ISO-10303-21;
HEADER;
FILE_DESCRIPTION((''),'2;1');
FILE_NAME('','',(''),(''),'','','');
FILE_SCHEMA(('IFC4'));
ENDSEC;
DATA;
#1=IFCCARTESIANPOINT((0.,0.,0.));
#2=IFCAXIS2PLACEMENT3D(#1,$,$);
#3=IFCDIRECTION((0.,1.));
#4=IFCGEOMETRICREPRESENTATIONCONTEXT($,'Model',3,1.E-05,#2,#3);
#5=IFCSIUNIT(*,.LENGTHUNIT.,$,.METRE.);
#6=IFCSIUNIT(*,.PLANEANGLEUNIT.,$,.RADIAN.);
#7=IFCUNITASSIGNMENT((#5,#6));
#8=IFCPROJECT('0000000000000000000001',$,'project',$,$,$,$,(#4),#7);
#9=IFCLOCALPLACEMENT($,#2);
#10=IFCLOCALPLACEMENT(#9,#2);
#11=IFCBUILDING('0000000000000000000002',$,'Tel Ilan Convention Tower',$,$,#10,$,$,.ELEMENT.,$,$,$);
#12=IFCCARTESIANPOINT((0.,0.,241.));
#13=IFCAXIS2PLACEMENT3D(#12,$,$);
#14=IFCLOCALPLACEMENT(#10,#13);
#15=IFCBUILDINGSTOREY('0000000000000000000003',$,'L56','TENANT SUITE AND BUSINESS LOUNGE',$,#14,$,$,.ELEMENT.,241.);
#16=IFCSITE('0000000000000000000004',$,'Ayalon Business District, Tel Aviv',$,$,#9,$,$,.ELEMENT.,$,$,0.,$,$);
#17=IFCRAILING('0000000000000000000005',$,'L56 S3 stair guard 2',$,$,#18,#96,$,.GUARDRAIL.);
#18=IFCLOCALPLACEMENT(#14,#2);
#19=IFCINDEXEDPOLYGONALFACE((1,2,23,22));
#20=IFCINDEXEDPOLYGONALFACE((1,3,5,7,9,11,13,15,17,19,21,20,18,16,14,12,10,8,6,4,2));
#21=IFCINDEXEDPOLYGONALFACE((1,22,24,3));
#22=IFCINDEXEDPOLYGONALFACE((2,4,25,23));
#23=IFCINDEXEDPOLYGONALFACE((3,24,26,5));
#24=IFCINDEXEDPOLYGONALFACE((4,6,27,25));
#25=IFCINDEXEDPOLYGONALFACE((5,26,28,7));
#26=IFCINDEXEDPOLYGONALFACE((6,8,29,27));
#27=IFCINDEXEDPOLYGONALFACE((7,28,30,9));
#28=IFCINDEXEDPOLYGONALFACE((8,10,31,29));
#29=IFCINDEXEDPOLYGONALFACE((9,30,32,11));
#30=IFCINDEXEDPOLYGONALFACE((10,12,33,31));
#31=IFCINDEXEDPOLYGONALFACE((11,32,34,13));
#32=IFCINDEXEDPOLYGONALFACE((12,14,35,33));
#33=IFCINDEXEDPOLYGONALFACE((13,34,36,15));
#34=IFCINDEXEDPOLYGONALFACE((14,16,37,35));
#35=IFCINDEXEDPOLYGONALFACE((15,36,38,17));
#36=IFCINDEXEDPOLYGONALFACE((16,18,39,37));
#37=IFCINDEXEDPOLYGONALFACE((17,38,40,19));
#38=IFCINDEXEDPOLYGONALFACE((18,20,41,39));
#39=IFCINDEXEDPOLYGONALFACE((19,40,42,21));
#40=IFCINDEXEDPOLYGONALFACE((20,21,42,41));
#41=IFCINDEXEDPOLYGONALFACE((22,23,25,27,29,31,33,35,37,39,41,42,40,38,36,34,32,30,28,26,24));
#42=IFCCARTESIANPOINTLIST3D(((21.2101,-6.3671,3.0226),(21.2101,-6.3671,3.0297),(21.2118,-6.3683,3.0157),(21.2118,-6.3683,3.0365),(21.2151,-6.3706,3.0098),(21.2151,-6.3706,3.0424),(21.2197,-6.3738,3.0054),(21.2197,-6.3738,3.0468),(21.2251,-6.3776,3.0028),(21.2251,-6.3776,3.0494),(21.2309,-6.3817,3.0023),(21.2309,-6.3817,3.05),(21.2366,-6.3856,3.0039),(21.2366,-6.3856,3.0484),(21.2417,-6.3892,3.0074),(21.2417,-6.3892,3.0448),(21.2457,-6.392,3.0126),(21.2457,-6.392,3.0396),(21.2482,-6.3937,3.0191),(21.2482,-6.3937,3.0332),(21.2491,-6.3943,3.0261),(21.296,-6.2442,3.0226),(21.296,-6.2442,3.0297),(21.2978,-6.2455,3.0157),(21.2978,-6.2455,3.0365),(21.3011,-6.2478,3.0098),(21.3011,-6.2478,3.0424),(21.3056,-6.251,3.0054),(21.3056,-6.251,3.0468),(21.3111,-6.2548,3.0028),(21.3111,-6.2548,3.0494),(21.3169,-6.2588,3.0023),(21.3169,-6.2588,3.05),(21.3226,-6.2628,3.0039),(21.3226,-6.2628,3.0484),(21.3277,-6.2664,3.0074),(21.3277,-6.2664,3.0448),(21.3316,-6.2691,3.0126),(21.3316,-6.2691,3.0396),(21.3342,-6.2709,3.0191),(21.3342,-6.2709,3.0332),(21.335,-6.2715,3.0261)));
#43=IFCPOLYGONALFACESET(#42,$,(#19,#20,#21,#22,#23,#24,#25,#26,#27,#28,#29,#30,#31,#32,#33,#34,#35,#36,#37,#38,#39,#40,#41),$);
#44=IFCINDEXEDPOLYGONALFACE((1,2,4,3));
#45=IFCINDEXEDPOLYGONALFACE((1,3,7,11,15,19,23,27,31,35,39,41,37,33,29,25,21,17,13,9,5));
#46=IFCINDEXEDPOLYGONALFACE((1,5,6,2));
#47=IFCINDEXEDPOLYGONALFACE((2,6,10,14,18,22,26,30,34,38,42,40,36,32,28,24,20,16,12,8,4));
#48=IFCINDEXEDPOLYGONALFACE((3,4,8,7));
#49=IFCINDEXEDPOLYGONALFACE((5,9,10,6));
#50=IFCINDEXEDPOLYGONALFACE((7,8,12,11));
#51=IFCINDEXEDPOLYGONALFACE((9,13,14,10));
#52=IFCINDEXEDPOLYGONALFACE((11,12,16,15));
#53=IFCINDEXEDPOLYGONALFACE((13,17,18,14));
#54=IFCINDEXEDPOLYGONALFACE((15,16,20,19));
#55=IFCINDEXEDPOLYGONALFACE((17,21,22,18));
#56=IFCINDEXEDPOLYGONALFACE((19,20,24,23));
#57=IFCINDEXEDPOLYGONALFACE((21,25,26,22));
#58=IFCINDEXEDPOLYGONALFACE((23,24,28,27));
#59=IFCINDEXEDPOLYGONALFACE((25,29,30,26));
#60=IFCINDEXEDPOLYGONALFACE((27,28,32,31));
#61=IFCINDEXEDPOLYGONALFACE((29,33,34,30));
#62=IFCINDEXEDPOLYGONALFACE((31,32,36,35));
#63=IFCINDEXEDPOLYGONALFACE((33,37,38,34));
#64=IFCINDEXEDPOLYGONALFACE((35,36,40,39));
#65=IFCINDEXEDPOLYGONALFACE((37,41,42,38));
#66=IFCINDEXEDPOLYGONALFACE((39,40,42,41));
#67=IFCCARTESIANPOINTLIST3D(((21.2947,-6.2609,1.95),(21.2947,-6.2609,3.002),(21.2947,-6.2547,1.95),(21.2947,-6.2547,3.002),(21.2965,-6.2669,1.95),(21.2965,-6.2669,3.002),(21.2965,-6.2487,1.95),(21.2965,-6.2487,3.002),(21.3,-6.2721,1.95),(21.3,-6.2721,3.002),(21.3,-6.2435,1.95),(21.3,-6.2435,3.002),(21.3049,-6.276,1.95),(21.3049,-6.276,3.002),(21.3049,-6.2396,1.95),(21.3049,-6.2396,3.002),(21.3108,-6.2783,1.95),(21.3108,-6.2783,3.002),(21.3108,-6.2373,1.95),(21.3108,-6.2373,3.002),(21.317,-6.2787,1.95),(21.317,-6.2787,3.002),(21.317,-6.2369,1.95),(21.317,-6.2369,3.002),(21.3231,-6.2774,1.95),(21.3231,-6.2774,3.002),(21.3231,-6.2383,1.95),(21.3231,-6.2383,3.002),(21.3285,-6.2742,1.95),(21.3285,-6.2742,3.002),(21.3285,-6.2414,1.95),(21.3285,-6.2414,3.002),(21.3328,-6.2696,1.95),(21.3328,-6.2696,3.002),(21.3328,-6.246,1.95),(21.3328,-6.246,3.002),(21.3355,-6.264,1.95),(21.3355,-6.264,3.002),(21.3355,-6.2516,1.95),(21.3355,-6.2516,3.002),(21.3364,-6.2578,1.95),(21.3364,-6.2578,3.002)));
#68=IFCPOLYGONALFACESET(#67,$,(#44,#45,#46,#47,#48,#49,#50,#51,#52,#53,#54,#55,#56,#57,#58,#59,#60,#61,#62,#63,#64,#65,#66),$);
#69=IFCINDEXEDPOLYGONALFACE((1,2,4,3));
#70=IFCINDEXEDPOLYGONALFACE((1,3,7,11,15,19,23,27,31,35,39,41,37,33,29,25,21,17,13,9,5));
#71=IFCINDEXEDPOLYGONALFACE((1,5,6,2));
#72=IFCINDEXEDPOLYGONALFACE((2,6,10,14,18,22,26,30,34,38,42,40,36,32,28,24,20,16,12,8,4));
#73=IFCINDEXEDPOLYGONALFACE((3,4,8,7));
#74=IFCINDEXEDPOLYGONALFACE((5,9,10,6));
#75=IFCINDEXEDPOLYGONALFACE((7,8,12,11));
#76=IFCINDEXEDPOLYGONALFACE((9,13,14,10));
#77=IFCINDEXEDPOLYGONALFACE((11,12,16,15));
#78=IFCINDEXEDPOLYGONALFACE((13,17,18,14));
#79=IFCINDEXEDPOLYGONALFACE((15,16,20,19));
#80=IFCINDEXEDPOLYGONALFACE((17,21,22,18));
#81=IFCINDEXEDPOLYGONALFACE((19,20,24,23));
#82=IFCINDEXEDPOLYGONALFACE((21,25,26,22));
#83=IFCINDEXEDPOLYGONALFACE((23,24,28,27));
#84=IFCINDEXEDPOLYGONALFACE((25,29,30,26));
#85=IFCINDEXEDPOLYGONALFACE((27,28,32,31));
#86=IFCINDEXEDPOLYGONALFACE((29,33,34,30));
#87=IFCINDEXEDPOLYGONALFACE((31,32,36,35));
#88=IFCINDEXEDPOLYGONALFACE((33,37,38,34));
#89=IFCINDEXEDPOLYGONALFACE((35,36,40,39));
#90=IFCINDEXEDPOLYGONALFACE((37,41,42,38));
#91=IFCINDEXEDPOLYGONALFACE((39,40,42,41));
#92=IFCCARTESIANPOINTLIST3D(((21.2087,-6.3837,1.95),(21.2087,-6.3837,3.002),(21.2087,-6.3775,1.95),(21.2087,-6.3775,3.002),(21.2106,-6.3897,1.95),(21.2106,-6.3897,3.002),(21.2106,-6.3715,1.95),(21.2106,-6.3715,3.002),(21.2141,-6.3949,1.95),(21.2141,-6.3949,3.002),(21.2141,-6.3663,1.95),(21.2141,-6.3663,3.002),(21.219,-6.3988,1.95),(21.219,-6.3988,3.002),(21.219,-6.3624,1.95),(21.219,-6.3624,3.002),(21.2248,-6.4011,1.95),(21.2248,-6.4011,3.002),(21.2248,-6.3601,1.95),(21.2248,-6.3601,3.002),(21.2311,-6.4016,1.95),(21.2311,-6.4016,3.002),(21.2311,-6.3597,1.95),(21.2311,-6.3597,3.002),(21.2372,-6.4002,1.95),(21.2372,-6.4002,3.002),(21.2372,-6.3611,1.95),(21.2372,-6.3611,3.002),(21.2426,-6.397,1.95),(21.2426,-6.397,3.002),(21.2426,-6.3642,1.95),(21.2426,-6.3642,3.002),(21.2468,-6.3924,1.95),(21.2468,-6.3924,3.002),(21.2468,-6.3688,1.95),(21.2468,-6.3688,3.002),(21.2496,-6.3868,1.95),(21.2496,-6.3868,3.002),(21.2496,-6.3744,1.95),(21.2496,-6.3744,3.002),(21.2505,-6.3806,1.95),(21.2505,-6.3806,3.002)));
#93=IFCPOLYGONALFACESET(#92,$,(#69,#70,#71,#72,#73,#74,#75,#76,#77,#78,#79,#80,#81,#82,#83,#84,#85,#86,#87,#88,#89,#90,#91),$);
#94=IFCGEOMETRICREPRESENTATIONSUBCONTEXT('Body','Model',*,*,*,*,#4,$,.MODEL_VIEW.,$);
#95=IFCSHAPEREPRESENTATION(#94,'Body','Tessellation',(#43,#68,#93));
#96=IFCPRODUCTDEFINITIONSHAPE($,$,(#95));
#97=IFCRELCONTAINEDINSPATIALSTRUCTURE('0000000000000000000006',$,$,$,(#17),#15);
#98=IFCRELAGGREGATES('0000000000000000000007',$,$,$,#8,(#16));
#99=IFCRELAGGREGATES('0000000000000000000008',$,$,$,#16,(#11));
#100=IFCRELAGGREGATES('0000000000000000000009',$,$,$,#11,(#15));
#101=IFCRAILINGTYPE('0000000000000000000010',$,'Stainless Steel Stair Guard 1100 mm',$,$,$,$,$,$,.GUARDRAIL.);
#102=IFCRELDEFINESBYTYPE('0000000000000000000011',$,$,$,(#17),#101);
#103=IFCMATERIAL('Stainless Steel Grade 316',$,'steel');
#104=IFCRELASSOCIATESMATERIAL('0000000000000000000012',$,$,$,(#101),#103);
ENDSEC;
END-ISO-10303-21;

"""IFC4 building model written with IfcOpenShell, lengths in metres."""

from ifc_helpers import new_model, si_unit, direction, frame, origin, origin_2d, place, context, subcontext, project, spatial, circle, extrude, material, type_object, element, save


model = new_model("IFC4")

# Units and contexts
model_context = context("Model", 3, precision=1e-05, world=origin(), true_north=direction((0.0, 1.0)))
body_context = subcontext(model_context, "Body", "Model", "MODEL_VIEW")
ifc_project = project(units=[si_unit("LENGTHUNIT", "METRE"), si_unit("PLANEANGLEUNIT", "RADIAN")], contexts=[model_context])

# Site, building, storey
site_placement = place(None, origin())
site = spatial("IfcSite", under=ifc_project, at=site_placement, Name="Ayalon Business District, Tel Aviv", CompositionType="ELEMENT", RefElevation=0.0)
building_placement = place(site_placement, origin())
building = spatial("IfcBuilding", under=site, at=building_placement, Name="Tel Ilan Convention Tower", CompositionType="ELEMENT")
storey_placement = place(building_placement, frame((0.0, 0.0, 241.0)))
storey = spatial("IfcBuildingStorey", under=building, at=storey_placement, Name="L56", Description="TENANT SUITE AND BUSINESS LOUNGE", CompositionType="ELEMENT", Elevation=241.0)

# Railing
ifc_material_1 = material(Name="Stainless Steel Grade 316", Category="steel")
railing_type_1 = type_object("IfcRailingType", Name="Stainless Steel Stair Guard 1100 mm", PredefinedType="GUARDRAIL", material=ifc_material_1)
railing_1_placement = place(storey_placement, frame((21.3154, -6.2578, 1.95)))
element("IfcRailing", 1, at=railing_1_placement, inside=storey, type_object=railing_type_1, Name="L56 S3 stair guard 2", PredefinedType="GUARDRAIL", context=body_context, shape_type="SweptSolid", body=[
    extrude(circle(Radius=0.0239, at=origin_2d()), frame((0.0, 0.0, 1.0762), z_axis=(-0.573353, -0.819308, 0.0), x_axis=(0.819308, -0.573353, 0.0)), (0.0, 0.0, 1.0), 0.1499),
    extrude(circle(Radius=0.021, at=origin_2d()), origin(), (0.0, 0.0, 1.0), 1.052),
    extrude(circle(Radius=0.021, at=origin_2d()), frame((-0.0859, -0.1228, 0.0)), (0.0, 0.0, 1.0), 1.052),
])

save(model, "model.ifc")
